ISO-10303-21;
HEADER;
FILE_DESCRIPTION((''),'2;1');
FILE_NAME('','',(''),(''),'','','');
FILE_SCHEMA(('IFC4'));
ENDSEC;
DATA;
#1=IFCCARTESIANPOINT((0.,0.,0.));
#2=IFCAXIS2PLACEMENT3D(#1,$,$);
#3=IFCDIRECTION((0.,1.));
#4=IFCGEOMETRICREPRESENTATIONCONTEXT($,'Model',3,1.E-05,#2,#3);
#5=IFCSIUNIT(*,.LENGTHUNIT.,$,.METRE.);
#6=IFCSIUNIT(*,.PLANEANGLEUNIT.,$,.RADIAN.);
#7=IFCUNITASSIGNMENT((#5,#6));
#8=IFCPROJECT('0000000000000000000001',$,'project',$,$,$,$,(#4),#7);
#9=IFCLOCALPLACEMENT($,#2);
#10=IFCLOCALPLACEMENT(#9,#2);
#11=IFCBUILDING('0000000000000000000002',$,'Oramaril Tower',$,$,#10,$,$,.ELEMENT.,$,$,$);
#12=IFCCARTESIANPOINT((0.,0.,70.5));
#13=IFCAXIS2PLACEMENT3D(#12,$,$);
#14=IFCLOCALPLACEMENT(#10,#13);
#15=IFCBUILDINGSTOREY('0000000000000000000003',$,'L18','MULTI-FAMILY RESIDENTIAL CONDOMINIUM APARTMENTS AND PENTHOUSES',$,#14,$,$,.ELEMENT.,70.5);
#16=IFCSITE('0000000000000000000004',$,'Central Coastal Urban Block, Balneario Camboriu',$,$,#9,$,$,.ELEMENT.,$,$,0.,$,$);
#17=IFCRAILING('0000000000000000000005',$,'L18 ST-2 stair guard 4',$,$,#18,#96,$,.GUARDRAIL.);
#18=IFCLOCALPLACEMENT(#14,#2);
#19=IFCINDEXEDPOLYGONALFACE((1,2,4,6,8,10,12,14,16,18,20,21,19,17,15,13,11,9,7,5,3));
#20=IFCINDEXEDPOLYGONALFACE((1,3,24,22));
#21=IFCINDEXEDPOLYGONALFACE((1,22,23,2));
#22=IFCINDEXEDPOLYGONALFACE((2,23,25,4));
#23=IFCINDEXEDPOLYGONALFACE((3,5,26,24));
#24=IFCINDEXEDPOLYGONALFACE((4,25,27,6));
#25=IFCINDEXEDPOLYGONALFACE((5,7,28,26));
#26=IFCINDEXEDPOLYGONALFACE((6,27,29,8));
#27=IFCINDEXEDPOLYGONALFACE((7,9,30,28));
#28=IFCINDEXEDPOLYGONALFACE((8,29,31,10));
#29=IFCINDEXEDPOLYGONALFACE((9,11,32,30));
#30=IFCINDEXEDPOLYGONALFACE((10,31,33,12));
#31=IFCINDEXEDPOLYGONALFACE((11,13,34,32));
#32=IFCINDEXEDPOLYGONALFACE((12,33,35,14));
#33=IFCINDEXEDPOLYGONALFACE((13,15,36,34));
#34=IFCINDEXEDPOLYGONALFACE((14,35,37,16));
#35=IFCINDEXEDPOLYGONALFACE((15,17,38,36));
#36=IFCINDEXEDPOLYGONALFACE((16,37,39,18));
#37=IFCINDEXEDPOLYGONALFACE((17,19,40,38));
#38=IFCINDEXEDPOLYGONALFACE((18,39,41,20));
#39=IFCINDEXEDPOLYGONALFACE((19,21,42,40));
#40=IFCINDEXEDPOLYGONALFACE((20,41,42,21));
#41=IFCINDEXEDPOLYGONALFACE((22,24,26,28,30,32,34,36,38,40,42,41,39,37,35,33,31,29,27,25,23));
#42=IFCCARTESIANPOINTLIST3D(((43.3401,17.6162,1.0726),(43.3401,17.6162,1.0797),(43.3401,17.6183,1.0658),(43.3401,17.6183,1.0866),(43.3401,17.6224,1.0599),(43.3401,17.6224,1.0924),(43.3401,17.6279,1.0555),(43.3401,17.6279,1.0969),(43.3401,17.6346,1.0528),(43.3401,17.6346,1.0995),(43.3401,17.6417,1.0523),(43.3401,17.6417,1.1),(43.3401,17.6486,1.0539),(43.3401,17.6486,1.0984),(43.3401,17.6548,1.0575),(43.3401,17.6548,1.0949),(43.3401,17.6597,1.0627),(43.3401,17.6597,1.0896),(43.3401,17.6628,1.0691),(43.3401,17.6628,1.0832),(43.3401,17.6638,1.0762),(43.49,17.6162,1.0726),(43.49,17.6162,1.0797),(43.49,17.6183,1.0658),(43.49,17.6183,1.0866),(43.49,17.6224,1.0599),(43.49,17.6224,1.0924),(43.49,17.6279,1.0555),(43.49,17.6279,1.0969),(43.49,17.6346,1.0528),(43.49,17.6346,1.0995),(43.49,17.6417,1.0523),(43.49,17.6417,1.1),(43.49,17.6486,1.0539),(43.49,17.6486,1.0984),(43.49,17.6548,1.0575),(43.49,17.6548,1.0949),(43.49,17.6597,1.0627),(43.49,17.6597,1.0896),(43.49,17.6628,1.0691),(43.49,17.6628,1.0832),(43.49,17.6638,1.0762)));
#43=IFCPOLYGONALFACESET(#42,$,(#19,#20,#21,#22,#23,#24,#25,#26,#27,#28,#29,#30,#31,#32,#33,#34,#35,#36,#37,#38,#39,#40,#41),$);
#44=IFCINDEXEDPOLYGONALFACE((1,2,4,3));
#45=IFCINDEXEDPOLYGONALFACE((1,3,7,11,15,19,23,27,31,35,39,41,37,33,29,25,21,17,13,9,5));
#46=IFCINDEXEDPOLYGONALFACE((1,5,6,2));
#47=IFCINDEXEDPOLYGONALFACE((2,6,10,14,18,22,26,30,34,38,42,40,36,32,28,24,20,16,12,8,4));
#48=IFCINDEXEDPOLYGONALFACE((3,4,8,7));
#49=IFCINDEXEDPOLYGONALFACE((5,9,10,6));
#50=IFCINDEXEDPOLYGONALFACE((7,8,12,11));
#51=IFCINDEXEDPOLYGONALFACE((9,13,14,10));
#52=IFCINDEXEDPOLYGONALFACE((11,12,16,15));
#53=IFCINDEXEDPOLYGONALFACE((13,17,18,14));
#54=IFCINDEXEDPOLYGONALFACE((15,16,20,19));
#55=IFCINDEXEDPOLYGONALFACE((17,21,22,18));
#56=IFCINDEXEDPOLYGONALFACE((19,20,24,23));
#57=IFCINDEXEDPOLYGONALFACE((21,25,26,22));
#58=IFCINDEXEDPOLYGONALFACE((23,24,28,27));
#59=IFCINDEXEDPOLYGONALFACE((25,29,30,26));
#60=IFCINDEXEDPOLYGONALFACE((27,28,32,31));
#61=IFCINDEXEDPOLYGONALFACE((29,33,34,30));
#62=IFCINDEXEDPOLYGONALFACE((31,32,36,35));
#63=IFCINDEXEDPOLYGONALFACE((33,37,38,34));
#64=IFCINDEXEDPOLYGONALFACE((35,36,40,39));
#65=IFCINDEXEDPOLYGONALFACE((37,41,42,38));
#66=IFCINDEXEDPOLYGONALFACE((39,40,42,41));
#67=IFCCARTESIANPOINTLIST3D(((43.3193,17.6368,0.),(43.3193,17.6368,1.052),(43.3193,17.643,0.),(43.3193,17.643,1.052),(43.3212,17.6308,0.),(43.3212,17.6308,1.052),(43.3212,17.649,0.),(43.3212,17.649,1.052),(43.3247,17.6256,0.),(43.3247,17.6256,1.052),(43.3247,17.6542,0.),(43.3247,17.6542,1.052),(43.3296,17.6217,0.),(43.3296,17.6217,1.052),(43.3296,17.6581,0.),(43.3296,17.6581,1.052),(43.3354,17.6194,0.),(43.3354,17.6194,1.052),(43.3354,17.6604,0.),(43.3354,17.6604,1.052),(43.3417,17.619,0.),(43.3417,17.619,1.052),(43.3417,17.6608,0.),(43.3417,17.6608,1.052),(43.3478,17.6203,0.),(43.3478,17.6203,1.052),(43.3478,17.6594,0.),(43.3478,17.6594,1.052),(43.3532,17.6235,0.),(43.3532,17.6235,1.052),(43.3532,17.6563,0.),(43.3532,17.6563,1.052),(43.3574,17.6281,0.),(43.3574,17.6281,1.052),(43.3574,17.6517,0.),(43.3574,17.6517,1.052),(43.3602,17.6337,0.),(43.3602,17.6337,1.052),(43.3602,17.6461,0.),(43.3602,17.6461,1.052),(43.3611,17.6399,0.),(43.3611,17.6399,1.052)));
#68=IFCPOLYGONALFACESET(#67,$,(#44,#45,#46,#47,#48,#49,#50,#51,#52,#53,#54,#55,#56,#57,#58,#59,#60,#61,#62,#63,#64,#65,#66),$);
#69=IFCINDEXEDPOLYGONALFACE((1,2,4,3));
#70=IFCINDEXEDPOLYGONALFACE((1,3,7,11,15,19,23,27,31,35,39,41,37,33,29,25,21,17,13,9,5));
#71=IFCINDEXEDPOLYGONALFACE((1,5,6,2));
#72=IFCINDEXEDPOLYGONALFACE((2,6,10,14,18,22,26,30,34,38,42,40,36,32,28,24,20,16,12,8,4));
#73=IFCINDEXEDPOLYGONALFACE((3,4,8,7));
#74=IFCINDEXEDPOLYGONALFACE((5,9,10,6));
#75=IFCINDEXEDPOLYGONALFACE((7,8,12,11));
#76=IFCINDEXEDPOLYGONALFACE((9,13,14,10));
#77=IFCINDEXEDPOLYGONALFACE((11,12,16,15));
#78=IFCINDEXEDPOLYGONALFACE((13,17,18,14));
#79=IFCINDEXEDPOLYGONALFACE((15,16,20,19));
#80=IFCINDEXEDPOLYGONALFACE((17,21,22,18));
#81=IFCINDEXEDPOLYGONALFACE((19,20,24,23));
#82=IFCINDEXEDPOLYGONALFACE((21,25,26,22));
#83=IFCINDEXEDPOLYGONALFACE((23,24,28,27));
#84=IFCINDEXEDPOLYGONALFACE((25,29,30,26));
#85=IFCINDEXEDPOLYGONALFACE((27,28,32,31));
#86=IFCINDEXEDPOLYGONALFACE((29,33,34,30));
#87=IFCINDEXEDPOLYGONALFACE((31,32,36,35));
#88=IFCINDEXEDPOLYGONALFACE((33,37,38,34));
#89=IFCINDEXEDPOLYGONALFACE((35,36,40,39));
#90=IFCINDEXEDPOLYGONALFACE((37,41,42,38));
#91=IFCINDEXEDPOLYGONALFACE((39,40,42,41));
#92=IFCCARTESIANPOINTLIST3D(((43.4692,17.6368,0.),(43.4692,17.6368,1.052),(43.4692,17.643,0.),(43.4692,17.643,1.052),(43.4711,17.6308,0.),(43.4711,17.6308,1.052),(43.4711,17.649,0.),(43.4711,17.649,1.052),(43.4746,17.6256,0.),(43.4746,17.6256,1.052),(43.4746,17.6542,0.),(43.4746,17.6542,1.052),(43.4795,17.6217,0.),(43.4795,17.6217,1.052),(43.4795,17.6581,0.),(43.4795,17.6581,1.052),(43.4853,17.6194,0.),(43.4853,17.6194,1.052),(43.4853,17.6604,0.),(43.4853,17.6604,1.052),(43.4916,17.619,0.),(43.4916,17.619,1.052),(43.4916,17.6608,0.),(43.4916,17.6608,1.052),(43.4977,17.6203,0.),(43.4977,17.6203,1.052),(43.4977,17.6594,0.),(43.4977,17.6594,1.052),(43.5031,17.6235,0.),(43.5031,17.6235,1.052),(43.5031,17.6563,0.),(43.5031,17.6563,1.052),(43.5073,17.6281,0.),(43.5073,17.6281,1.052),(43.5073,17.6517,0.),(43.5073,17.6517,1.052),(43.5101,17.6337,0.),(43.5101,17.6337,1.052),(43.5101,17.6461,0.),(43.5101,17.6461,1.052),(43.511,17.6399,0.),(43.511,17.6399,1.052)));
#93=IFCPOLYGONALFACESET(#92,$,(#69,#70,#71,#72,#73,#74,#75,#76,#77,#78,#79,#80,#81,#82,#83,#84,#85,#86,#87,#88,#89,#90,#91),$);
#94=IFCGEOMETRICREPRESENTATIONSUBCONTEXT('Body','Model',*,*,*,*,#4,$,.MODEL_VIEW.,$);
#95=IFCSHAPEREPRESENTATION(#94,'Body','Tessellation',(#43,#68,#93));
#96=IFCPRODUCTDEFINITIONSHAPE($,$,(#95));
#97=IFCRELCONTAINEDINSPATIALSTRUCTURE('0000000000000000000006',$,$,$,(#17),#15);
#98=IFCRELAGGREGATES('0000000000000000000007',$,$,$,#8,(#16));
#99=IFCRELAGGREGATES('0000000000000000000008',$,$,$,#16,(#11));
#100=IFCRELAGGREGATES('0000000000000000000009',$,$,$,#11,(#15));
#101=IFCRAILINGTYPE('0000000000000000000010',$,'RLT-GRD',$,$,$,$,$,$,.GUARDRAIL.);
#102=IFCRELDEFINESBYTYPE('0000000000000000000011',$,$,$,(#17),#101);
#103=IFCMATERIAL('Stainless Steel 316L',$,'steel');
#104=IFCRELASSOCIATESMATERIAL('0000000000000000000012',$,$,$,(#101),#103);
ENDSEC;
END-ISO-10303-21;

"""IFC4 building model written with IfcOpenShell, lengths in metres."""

from ifc_helpers import new_model, si_unit, direction, frame, origin, origin_2d, place, context, subcontext, project, spatial, circle, extrude, material, type_object, element, save


model = new_model("IFC4")

# Units and contexts
model_context = context("Model", 3, precision=1e-05, world=origin(), true_north=direction((0.0, 1.0)))
body_context = subcontext(model_context, "Body", "Model", "MODEL_VIEW")
ifc_project = project(units=[si_unit("LENGTHUNIT", "METRE"), si_unit("PLANEANGLEUNIT", "RADIAN")], contexts=[model_context])

# Site, building, storey
site_placement = place(None, origin())
site = spatial("IfcSite", under=ifc_project, at=site_placement, Name="Central Coastal Urban Block, Balneario Camboriu", CompositionType="ELEMENT", RefElevation=0.0)
building_placement = place(site_placement, origin())
building = spatial("IfcBuilding", under=site, at=building_placement, Name="Oramaril Tower", CompositionType="ELEMENT")
storey_placement = place(building_placement, frame((0.0, 0.0, 70.5)))
storey = spatial("IfcBuildingStorey", under=building, at=storey_placement, Name="L18", Description="MULTI-FAMILY RESIDENTIAL CONDOMINIUM APARTMENTS AND PENTHOUSES", CompositionType="ELEMENT", Elevation=70.5)

# Railing
ifc_material_1 = material(Name="Stainless Steel 316L", Category="steel")
railing_type_1 = type_object("IfcRailingType", Name="RLT-GRD", PredefinedType="GUARDRAIL", material=ifc_material_1)
railing_1_placement = place(storey_placement, frame((43.3401, 17.6399, 0.0)))
element("IfcRailing", 1, at=railing_1_placement, inside=storey, type_object=railing_type_1, Name="L18 ST-2 stair guard 4", PredefinedType="GUARDRAIL", context=body_context, shape_type="SweptSolid", body=[
    extrude(circle(Radius=0.0239, at=origin_2d()), frame((0.0, 0.0, 1.0762), z_axis=(1.0, 0.0, 0.0), x_axis=(0.0, 1.0, 0.0)), (0.0, 0.0, 1.0), 0.1499),
    extrude(circle(Radius=0.021, at=origin_2d()), origin(), (0.0, 0.0, 1.0), 1.052),
    extrude(circle(Radius=0.021, at=origin_2d()), frame((0.1499, 0.0, 0.0)), (0.0, 0.0, 1.0), 1.052),
])

save(model, "model.ifc")
